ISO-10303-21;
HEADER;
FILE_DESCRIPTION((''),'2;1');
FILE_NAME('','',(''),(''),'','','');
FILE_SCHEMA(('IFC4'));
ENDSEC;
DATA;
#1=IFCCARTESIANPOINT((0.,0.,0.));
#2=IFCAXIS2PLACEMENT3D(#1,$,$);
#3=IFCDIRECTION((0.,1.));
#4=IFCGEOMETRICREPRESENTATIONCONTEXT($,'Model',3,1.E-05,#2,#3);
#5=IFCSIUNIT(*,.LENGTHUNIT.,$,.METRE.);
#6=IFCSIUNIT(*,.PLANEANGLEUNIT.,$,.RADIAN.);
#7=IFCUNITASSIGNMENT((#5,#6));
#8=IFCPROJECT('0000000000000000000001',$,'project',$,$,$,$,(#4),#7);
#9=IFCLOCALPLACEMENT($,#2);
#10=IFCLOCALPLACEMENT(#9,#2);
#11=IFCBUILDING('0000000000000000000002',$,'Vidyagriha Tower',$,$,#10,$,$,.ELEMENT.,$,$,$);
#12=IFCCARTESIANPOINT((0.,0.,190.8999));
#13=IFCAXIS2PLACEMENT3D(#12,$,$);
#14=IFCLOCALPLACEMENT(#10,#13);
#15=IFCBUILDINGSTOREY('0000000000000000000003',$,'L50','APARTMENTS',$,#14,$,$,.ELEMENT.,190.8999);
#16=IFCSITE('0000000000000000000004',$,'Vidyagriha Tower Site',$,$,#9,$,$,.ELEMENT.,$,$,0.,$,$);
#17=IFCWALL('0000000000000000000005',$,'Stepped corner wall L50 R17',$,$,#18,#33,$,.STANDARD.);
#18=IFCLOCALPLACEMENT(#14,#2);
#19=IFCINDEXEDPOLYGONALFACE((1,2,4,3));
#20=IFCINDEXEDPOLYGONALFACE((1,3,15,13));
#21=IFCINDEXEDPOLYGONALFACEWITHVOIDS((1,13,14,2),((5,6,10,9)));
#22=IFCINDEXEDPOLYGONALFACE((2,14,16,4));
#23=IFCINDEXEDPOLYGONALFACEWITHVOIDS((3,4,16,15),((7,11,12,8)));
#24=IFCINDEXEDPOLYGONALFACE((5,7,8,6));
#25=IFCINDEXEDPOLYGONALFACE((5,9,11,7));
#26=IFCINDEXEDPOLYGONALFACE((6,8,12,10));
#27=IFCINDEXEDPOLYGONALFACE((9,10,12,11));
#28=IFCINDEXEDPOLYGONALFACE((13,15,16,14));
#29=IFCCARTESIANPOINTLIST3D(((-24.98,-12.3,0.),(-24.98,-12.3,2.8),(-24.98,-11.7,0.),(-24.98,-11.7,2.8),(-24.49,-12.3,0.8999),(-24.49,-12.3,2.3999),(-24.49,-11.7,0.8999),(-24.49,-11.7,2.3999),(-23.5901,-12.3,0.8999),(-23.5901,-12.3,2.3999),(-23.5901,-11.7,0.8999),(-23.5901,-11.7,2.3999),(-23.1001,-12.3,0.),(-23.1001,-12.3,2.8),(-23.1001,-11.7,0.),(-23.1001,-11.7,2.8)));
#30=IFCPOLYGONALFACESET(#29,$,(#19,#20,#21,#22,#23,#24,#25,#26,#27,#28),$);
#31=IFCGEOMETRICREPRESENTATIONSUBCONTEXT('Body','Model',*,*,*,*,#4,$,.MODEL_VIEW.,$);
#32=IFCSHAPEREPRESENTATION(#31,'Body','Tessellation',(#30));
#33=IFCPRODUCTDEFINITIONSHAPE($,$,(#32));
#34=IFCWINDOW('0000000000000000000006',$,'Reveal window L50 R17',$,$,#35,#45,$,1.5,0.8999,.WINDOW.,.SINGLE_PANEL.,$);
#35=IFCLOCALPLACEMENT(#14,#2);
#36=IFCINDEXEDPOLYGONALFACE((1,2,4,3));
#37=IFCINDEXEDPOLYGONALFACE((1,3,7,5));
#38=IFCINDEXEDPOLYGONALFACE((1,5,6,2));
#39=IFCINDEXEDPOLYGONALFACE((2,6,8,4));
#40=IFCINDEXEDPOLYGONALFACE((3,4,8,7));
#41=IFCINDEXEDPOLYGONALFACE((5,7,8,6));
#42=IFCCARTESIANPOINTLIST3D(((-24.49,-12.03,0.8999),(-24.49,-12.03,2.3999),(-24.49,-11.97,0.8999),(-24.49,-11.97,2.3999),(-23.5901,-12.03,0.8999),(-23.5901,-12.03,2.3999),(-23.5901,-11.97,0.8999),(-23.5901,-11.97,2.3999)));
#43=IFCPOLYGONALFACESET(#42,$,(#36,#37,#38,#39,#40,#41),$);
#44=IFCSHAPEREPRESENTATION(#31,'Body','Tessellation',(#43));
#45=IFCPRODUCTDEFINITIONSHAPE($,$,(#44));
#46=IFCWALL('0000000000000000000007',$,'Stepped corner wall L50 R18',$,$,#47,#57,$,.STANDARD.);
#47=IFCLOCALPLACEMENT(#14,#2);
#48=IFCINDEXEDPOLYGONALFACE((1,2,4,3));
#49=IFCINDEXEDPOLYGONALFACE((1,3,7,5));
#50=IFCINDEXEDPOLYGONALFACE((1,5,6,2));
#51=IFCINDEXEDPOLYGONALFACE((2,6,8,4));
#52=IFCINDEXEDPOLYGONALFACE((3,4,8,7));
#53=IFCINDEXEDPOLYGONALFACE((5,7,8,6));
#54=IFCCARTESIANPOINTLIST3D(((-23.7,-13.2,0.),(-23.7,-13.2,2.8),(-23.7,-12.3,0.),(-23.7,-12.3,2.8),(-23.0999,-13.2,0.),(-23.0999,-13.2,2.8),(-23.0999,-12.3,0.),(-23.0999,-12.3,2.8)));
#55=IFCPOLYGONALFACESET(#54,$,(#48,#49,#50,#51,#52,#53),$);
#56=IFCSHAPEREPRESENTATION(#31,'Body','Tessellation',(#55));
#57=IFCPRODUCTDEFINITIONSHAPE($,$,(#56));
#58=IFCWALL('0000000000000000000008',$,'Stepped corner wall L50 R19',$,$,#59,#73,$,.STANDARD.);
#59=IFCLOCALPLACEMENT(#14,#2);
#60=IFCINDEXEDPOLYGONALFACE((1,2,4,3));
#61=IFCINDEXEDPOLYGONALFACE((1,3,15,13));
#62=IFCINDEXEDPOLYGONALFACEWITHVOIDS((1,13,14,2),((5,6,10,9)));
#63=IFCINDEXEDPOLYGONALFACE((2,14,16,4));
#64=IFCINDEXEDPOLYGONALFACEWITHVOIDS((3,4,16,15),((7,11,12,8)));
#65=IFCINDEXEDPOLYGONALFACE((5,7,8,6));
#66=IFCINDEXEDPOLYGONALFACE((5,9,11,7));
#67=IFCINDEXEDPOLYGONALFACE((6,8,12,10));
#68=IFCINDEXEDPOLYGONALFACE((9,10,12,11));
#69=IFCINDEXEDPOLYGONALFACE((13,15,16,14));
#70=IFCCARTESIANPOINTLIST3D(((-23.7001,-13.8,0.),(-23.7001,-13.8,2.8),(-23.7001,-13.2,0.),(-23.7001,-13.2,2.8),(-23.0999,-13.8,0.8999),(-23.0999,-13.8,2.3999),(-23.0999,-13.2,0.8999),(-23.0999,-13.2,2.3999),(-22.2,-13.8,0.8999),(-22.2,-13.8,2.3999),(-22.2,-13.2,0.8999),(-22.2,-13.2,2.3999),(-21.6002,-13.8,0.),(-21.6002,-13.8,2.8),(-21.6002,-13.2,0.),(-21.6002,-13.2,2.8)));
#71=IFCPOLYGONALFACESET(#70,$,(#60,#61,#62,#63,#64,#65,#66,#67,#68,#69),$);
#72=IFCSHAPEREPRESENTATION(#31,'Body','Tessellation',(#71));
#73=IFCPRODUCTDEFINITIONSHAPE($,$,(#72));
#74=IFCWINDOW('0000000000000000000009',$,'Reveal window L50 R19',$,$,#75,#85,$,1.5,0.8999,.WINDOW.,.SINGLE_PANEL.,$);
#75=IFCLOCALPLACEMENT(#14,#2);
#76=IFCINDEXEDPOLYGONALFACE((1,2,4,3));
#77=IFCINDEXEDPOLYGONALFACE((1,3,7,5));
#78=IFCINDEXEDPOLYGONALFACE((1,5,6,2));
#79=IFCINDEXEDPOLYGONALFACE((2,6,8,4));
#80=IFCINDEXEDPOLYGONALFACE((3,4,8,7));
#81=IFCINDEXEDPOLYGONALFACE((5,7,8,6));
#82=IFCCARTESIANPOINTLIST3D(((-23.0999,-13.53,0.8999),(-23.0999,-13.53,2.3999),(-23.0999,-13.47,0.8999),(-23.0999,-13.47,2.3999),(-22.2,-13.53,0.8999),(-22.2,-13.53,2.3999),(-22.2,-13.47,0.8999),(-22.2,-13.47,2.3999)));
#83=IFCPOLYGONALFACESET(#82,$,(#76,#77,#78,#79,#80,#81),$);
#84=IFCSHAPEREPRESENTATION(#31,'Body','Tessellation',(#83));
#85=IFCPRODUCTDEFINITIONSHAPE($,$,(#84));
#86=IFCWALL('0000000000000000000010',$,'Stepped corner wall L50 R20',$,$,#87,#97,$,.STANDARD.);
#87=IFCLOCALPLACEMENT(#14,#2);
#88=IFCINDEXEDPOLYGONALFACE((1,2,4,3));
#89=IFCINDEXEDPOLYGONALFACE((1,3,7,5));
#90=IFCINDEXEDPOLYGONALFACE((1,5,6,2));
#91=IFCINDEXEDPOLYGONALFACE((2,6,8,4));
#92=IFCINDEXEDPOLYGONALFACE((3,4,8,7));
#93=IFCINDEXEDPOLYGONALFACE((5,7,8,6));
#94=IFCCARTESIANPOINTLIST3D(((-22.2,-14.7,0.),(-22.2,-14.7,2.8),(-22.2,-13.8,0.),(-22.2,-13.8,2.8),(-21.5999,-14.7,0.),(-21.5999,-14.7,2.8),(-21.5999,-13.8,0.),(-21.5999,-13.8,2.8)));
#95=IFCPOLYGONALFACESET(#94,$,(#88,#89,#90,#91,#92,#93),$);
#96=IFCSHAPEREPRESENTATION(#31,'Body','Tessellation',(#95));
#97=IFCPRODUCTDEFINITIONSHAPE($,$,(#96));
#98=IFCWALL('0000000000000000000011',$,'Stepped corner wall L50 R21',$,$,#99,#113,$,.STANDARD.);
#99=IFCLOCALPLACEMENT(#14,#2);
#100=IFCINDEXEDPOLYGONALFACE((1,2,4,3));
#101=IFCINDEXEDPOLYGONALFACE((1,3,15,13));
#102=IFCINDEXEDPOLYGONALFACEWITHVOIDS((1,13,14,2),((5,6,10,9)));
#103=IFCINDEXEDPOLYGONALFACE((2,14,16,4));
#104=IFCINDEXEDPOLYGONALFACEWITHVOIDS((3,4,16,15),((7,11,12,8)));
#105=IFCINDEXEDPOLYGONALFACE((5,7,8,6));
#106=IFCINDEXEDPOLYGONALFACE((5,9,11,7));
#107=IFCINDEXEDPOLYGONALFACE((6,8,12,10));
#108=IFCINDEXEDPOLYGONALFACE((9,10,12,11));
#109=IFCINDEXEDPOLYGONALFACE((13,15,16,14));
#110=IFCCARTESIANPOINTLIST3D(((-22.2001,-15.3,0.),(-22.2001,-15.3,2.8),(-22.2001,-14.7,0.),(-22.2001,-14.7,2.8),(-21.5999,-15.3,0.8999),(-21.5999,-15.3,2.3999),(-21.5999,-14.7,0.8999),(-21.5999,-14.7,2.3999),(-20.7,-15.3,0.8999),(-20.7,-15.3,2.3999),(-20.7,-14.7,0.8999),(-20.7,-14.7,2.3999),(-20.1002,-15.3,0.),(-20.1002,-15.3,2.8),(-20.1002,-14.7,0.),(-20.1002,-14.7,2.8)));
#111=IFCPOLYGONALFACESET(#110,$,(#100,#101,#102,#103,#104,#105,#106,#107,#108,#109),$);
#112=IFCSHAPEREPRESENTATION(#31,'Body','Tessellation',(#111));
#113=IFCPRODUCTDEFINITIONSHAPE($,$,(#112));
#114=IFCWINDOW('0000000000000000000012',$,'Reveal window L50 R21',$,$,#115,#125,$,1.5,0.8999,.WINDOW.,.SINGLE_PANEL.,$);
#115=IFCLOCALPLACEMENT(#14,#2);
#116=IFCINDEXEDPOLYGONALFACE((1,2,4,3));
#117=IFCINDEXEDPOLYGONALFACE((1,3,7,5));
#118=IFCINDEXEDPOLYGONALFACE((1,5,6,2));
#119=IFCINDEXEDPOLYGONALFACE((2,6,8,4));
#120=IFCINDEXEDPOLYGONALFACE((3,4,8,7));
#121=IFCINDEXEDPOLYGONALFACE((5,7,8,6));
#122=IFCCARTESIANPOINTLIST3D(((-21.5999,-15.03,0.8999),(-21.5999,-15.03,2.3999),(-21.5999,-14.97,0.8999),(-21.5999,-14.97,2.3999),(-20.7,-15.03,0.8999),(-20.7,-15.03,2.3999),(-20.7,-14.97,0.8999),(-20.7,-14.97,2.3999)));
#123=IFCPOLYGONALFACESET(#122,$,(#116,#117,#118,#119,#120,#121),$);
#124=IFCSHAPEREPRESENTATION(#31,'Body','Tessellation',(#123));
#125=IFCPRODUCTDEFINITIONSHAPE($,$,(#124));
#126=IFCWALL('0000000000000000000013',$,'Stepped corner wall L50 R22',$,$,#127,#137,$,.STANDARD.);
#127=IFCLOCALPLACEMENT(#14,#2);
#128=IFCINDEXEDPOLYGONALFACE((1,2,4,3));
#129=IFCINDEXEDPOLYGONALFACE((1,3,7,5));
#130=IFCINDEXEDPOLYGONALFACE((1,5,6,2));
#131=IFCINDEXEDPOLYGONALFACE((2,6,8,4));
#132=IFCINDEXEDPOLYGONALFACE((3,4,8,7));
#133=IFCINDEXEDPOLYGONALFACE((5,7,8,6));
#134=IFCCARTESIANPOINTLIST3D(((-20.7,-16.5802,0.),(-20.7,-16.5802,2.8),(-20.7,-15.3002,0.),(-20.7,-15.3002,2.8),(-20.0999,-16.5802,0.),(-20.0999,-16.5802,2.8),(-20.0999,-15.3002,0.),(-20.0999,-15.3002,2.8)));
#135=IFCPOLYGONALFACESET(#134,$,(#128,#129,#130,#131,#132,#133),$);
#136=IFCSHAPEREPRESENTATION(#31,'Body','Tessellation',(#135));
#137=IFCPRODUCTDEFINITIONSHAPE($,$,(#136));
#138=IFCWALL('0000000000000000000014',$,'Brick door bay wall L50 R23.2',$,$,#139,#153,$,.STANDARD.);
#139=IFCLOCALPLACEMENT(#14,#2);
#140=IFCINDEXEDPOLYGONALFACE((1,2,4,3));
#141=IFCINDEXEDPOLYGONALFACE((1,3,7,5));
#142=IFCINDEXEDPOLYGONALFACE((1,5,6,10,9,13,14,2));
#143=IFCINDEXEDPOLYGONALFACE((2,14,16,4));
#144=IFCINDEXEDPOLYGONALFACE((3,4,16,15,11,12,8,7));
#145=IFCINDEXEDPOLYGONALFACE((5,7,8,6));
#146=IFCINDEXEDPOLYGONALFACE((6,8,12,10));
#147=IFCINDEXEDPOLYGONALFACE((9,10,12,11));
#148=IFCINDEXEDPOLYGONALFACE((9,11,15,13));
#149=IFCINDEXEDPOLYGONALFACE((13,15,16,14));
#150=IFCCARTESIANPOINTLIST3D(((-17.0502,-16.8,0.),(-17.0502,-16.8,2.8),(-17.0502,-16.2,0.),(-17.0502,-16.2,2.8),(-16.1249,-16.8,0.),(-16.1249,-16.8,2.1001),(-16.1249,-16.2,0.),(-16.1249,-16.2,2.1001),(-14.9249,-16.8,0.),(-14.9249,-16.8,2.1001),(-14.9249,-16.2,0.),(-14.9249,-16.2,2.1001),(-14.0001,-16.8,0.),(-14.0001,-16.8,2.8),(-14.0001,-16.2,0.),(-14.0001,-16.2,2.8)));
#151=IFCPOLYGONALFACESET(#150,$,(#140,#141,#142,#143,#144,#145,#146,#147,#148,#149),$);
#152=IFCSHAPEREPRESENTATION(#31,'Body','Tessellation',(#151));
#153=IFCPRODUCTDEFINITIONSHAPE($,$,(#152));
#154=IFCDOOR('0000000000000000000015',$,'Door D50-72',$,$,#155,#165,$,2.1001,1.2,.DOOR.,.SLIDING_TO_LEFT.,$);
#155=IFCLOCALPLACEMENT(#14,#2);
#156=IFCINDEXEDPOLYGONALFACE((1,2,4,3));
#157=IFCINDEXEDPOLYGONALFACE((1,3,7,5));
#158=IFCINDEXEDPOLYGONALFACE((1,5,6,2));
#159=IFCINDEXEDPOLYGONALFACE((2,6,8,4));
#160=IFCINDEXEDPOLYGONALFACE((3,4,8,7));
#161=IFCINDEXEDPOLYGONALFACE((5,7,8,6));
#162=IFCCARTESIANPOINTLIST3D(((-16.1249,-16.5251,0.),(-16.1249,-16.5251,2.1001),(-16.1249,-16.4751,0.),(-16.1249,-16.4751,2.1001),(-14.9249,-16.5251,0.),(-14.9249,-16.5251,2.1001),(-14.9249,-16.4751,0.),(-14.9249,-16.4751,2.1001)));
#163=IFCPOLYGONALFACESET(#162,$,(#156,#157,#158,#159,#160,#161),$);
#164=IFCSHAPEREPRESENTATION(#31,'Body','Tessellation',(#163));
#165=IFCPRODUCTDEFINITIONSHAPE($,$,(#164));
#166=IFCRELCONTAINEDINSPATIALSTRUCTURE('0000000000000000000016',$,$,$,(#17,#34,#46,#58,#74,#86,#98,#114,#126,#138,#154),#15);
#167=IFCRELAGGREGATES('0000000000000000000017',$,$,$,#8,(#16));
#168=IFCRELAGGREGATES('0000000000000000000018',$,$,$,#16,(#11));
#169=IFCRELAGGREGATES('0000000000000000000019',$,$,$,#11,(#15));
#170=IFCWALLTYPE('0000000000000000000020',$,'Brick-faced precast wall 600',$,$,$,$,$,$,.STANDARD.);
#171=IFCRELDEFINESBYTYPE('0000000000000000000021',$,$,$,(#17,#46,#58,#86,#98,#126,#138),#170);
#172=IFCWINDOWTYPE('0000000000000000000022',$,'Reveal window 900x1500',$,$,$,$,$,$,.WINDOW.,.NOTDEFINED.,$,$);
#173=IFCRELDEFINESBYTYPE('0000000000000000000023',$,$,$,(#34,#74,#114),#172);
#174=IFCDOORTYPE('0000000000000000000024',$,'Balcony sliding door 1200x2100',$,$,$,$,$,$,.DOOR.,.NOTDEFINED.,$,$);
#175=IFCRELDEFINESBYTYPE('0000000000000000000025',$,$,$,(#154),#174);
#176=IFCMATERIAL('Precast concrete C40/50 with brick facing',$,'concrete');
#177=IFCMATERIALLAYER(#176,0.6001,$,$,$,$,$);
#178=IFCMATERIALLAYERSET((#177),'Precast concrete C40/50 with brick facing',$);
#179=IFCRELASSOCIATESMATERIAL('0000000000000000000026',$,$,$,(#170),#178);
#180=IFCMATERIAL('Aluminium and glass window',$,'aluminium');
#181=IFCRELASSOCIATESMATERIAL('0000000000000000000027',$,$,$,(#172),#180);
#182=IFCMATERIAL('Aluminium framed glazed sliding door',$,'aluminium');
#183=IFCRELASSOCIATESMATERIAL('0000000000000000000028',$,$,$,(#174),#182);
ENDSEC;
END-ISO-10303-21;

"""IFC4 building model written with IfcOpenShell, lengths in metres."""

from ifc_helpers import new_model, si_unit, direction, frame, frame_2d, origin, place, context, subcontext, project, spatial, rectangle, extrude, material, layer, layer_set, type_object, element, fill, save


model = new_model("IFC4")

# Units and contexts
model_context = context("Model", 3, precision=1e-05, world=origin(), true_north=direction((0.0, 1.0)))
body_context = subcontext(model_context, "Body", "Model", "MODEL_VIEW")
ifc_project = project(units=[si_unit("LENGTHUNIT", "METRE"), si_unit("PLANEANGLEUNIT", "RADIAN")], contexts=[model_context])

# Site, building, storey
site_placement = place(None, origin())
site = spatial("IfcSite", under=ifc_project, at=site_placement, Name="Vidyagriha Tower Site", CompositionType="ELEMENT", RefElevation=0.0)
building_placement = place(site_placement, origin())
building = spatial("IfcBuilding", under=site, at=building_placement, Name="Vidyagriha Tower", CompositionType="ELEMENT")
storey_placement = place(building_placement, frame((0.0, 0.0, 190.8999)))
storey = spatial("IfcBuildingStorey", under=building, at=storey_placement, Name="L50", Description="APARTMENTS", CompositionType="ELEMENT", Elevation=190.8999)

# Wall, opening, window
ifc_material_1 = material(Name="Precast concrete C40/50 with brick facing", Category="concrete")
ifc_layer_1 = layer(ifc_material_1, 0.6001)
ifc_layer_set_1 = layer_set([ifc_layer_1], Name="Precast concrete C40/50 with brick facing")
wall_type = type_object("IfcWallType", Name="Brick-faced precast wall 600", PredefinedType="STANDARD", material=ifc_layer_set_1)
wall_1_placement = place(storey_placement, frame((-24.98, -12.0, 0.0)))
wall_1 = element("IfcWall", 1, at=wall_1_placement, inside=storey, type_object=wall_type, Name="Stepped corner wall L50 R17", PredefinedType="STANDARD", context=body_context, shape_type="SweptSolid", body=[
    extrude(rectangle(XDim=1.8799, YDim=0.6001, at=frame_2d((0.9399, 0.0))), origin(), (0.0, 0.0, 1.0), 2.8),
])
opening_1_placement = place(wall_1_placement, frame((0.49, 0.0, 0.8999)))
opening_1 = element("IfcOpeningElement", 2, at=opening_1_placement, cuts=wall_1, PredefinedType="OPENING", context=body_context, shape_type="SweptSolid", body=[
    extrude(rectangle(XDim=0.8999, YDim=1.5, at=frame_2d((0.45, 0.75))), frame((0.0, 0.3101, 0.0), z_axis=(0.0, -1.0, 0.0), x_axis=(1.0, 0.0, 0.0)), (0.0, 0.0, 1.0), 0.6201),
])
ifc_material_2 = material(Name="Aluminium and glass window", Category="aluminium")
window_type = type_object("IfcWindowType", Name="Reveal window 900x1500", PartitioningType="NOTDEFINED", PredefinedType="WINDOW", material=ifc_material_2)
window_1_placement = place(opening_1_placement, origin())
window_1 = element("IfcWindow", 3, at=window_1_placement, inside=storey, type_object=window_type, Name="Reveal window L50 R17", OverallHeight=1.5, OverallWidth=0.8999, PartitioningType="SINGLE_PANEL", PredefinedType="WINDOW", context=body_context, shape_type="SweptSolid", body=[
    extrude(rectangle(XDim=0.8999, YDim=1.5, at=frame_2d((0.45, 0.75))), frame((0.0, 0.03, 0.0), z_axis=(0.0, -1.0, 0.0), x_axis=(1.0, 0.0, 0.0)), (0.0, 0.0, 1.0), 0.0601),
])
fill(opening_1, window_1)

# Wall
wall_2_placement = place(storey_placement, frame((-23.3999, -12.3, 0.0), z_axis=(0.0, 0.0, 1.0), x_axis=(0.0, -1.0, 0.0)))
element("IfcWall", 4, at=wall_2_placement, inside=storey, type_object=wall_type, Name="Stepped corner wall L50 R18", PredefinedType="STANDARD", context=body_context, shape_type="SweptSolid", body=[
    extrude(rectangle(XDim=0.8999, YDim=0.6001, at=frame_2d((0.45, 0.0))), origin(), (0.0, 0.0, 1.0), 2.8),
])

# Wall, opening, window
wall_3_placement = place(storey_placement, frame((-23.7, -13.5, 0.0)))
wall_3 = element("IfcWall", 5, at=wall_3_placement, inside=storey, type_object=wall_type, Name="Stepped corner wall L50 R19", PredefinedType="STANDARD", context=body_context, shape_type="SweptSolid", body=[
    extrude(rectangle(XDim=2.0999, YDim=0.6001, at=frame_2d((1.0498, 0.0))), origin(), (0.0, 0.0, 1.0), 2.8),
])
opening_2_placement = place(wall_3_placement, frame((0.6001, 0.0, 0.8999)))
opening_2 = element("IfcOpeningElement", 6, at=opening_2_placement, cuts=wall_3, PredefinedType="OPENING", context=body_context, shape_type="SweptSolid", body=[
    extrude(rectangle(XDim=0.8999, YDim=1.5, at=frame_2d((0.45, 0.75))), frame((0.0, 0.3101, 0.0), z_axis=(0.0, -1.0, 0.0), x_axis=(1.0, 0.0, 0.0)), (0.0, 0.0, 1.0), 0.6201),
])
window_2_placement = place(opening_2_placement, origin())
window_2 = element("IfcWindow", 7, at=window_2_placement, inside=storey, type_object=window_type, Name="Reveal window L50 R19", OverallHeight=1.5, OverallWidth=0.8999, PartitioningType="SINGLE_PANEL", PredefinedType="WINDOW", context=body_context, shape_type="SweptSolid", body=[
    extrude(rectangle(XDim=0.8999, YDim=1.5, at=frame_2d((0.45, 0.75))), frame((0.0, 0.03, 0.0), z_axis=(0.0, -1.0, 0.0), x_axis=(1.0, 0.0, 0.0)), (0.0, 0.0, 1.0), 0.0601),
])
fill(opening_2, window_2)

# Wall
wall_4_placement = place(storey_placement, frame((-21.8999, -13.8, 0.0), z_axis=(0.0, 0.0, 1.0), x_axis=(0.0, -1.0, 0.0)))
element("IfcWall", 8, at=wall_4_placement, inside=storey, type_object=wall_type, Name="Stepped corner wall L50 R20", PredefinedType="STANDARD", context=body_context, shape_type="SweptSolid", body=[
    extrude(rectangle(XDim=0.8999, YDim=0.6001, at=frame_2d((0.45, 0.0))), origin(), (0.0, 0.0, 1.0), 2.8),
])

# Wall, opening, window
wall_5_placement = place(storey_placement, frame((-22.2, -15.0, 0.0)))
wall_5 = element("IfcWall", 9, at=wall_5_placement, inside=storey, type_object=wall_type, Name="Stepped corner wall L50 R21", PredefinedType="STANDARD", context=body_context, shape_type="SweptSolid", body=[
    extrude(rectangle(XDim=2.0999, YDim=0.6001, at=frame_2d((1.0498, 0.0))), origin(), (0.0, 0.0, 1.0), 2.8),
])
opening_3_placement = place(wall_5_placement, frame((0.6001, 0.0, 0.8999)))
opening_3 = element("IfcOpeningElement", 10, at=opening_3_placement, cuts=wall_5, PredefinedType="OPENING", context=body_context, shape_type="SweptSolid", body=[
    extrude(rectangle(XDim=0.8999, YDim=1.5, at=frame_2d((0.45, 0.75))), frame((0.0, 0.3101, 0.0), z_axis=(0.0, -1.0, 0.0), x_axis=(1.0, 0.0, 0.0)), (0.0, 0.0, 1.0), 0.6201),
])
window_3_placement = place(opening_3_placement, origin())
window_3 = element("IfcWindow", 11, at=window_3_placement, inside=storey, type_object=window_type, Name="Reveal window L50 R21", OverallHeight=1.5, OverallWidth=0.8999, PartitioningType="SINGLE_PANEL", PredefinedType="WINDOW", context=body_context, shape_type="SweptSolid", body=[
    extrude(rectangle(XDim=0.8999, YDim=1.5, at=frame_2d((0.45, 0.75))), frame((0.0, 0.03, 0.0), z_axis=(0.0, -1.0, 0.0), x_axis=(1.0, 0.0, 0.0)), (0.0, 0.0, 1.0), 0.0601),
])
fill(opening_3, window_3)

# Wall
wall_6_placement = place(storey_placement, frame((-20.3999, -15.3, 0.0), z_axis=(0.0, 0.0, 1.0), x_axis=(0.0, -1.0, 0.0)))
element("IfcWall", 12, at=wall_6_placement, inside=storey, type_object=wall_type, Name="Stepped corner wall L50 R22", PredefinedType="STANDARD", context=body_context, shape_type="SweptSolid", body=[
    extrude(rectangle(XDim=1.28, YDim=0.6001, at=frame_2d((0.6401, 0.0))), origin(), (0.0, 0.0, 1.0), 2.8),
])

# Wall, opening, door
wall_7_placement = place(storey_placement, frame((-17.05, -16.5, 0.0)))
wall_7 = element("IfcWall", 13, at=wall_7_placement, inside=storey, type_object=wall_type, Name="Brick door bay wall L50 R23.2", PredefinedType="STANDARD", context=body_context, shape_type="SweptSolid", body=[
    extrude(rectangle(XDim=3.05, YDim=0.6001, at=frame_2d((1.5249, 0.0))), origin(), (0.0, 0.0, 1.0), 2.8),
])
opening_4_placement = place(wall_7_placement, frame((0.925, 0.0, 0.0)))
opening_4 = element("IfcOpeningElement", 14, at=opening_4_placement, cuts=wall_7, PredefinedType="OPENING", context=body_context, shape_type="SweptSolid", body=[
    extrude(rectangle(XDim=1.2, YDim=2.1001, at=frame_2d((0.6001, 1.05))), frame((0.0, 0.3101, 0.0), z_axis=(0.0, -1.0, 0.0), x_axis=(1.0, 0.0, 0.0)), (0.0, 0.0, 1.0), 0.6201),
])
ifc_material_3 = material(Name="Aluminium framed glazed sliding door", Category="aluminium")
door_type = type_object("IfcDoorType", Name="Balcony sliding door 1200x2100", OperationType="NOTDEFINED", PredefinedType="DOOR", material=ifc_material_3)
door_placement = place(opening_4_placement, origin())
door = element("IfcDoor", 15, at=door_placement, inside=storey, type_object=door_type, Name="Door D50-72", OperationType="SLIDING_TO_LEFT", OverallHeight=2.1001, OverallWidth=1.2, PredefinedType="DOOR", context=body_context, shape_type="SweptSolid", body=[
    extrude(rectangle(XDim=1.2, YDim=2.1001, at=frame_2d((0.6001, 1.05))), frame((0.0, 0.0249, 0.0), z_axis=(0.0, -1.0, 0.0), x_axis=(1.0, 0.0, 0.0)), (0.0, 0.0, 1.0), 0.05),
])
fill(opening_4, door)

save(model, "model.ifc")
